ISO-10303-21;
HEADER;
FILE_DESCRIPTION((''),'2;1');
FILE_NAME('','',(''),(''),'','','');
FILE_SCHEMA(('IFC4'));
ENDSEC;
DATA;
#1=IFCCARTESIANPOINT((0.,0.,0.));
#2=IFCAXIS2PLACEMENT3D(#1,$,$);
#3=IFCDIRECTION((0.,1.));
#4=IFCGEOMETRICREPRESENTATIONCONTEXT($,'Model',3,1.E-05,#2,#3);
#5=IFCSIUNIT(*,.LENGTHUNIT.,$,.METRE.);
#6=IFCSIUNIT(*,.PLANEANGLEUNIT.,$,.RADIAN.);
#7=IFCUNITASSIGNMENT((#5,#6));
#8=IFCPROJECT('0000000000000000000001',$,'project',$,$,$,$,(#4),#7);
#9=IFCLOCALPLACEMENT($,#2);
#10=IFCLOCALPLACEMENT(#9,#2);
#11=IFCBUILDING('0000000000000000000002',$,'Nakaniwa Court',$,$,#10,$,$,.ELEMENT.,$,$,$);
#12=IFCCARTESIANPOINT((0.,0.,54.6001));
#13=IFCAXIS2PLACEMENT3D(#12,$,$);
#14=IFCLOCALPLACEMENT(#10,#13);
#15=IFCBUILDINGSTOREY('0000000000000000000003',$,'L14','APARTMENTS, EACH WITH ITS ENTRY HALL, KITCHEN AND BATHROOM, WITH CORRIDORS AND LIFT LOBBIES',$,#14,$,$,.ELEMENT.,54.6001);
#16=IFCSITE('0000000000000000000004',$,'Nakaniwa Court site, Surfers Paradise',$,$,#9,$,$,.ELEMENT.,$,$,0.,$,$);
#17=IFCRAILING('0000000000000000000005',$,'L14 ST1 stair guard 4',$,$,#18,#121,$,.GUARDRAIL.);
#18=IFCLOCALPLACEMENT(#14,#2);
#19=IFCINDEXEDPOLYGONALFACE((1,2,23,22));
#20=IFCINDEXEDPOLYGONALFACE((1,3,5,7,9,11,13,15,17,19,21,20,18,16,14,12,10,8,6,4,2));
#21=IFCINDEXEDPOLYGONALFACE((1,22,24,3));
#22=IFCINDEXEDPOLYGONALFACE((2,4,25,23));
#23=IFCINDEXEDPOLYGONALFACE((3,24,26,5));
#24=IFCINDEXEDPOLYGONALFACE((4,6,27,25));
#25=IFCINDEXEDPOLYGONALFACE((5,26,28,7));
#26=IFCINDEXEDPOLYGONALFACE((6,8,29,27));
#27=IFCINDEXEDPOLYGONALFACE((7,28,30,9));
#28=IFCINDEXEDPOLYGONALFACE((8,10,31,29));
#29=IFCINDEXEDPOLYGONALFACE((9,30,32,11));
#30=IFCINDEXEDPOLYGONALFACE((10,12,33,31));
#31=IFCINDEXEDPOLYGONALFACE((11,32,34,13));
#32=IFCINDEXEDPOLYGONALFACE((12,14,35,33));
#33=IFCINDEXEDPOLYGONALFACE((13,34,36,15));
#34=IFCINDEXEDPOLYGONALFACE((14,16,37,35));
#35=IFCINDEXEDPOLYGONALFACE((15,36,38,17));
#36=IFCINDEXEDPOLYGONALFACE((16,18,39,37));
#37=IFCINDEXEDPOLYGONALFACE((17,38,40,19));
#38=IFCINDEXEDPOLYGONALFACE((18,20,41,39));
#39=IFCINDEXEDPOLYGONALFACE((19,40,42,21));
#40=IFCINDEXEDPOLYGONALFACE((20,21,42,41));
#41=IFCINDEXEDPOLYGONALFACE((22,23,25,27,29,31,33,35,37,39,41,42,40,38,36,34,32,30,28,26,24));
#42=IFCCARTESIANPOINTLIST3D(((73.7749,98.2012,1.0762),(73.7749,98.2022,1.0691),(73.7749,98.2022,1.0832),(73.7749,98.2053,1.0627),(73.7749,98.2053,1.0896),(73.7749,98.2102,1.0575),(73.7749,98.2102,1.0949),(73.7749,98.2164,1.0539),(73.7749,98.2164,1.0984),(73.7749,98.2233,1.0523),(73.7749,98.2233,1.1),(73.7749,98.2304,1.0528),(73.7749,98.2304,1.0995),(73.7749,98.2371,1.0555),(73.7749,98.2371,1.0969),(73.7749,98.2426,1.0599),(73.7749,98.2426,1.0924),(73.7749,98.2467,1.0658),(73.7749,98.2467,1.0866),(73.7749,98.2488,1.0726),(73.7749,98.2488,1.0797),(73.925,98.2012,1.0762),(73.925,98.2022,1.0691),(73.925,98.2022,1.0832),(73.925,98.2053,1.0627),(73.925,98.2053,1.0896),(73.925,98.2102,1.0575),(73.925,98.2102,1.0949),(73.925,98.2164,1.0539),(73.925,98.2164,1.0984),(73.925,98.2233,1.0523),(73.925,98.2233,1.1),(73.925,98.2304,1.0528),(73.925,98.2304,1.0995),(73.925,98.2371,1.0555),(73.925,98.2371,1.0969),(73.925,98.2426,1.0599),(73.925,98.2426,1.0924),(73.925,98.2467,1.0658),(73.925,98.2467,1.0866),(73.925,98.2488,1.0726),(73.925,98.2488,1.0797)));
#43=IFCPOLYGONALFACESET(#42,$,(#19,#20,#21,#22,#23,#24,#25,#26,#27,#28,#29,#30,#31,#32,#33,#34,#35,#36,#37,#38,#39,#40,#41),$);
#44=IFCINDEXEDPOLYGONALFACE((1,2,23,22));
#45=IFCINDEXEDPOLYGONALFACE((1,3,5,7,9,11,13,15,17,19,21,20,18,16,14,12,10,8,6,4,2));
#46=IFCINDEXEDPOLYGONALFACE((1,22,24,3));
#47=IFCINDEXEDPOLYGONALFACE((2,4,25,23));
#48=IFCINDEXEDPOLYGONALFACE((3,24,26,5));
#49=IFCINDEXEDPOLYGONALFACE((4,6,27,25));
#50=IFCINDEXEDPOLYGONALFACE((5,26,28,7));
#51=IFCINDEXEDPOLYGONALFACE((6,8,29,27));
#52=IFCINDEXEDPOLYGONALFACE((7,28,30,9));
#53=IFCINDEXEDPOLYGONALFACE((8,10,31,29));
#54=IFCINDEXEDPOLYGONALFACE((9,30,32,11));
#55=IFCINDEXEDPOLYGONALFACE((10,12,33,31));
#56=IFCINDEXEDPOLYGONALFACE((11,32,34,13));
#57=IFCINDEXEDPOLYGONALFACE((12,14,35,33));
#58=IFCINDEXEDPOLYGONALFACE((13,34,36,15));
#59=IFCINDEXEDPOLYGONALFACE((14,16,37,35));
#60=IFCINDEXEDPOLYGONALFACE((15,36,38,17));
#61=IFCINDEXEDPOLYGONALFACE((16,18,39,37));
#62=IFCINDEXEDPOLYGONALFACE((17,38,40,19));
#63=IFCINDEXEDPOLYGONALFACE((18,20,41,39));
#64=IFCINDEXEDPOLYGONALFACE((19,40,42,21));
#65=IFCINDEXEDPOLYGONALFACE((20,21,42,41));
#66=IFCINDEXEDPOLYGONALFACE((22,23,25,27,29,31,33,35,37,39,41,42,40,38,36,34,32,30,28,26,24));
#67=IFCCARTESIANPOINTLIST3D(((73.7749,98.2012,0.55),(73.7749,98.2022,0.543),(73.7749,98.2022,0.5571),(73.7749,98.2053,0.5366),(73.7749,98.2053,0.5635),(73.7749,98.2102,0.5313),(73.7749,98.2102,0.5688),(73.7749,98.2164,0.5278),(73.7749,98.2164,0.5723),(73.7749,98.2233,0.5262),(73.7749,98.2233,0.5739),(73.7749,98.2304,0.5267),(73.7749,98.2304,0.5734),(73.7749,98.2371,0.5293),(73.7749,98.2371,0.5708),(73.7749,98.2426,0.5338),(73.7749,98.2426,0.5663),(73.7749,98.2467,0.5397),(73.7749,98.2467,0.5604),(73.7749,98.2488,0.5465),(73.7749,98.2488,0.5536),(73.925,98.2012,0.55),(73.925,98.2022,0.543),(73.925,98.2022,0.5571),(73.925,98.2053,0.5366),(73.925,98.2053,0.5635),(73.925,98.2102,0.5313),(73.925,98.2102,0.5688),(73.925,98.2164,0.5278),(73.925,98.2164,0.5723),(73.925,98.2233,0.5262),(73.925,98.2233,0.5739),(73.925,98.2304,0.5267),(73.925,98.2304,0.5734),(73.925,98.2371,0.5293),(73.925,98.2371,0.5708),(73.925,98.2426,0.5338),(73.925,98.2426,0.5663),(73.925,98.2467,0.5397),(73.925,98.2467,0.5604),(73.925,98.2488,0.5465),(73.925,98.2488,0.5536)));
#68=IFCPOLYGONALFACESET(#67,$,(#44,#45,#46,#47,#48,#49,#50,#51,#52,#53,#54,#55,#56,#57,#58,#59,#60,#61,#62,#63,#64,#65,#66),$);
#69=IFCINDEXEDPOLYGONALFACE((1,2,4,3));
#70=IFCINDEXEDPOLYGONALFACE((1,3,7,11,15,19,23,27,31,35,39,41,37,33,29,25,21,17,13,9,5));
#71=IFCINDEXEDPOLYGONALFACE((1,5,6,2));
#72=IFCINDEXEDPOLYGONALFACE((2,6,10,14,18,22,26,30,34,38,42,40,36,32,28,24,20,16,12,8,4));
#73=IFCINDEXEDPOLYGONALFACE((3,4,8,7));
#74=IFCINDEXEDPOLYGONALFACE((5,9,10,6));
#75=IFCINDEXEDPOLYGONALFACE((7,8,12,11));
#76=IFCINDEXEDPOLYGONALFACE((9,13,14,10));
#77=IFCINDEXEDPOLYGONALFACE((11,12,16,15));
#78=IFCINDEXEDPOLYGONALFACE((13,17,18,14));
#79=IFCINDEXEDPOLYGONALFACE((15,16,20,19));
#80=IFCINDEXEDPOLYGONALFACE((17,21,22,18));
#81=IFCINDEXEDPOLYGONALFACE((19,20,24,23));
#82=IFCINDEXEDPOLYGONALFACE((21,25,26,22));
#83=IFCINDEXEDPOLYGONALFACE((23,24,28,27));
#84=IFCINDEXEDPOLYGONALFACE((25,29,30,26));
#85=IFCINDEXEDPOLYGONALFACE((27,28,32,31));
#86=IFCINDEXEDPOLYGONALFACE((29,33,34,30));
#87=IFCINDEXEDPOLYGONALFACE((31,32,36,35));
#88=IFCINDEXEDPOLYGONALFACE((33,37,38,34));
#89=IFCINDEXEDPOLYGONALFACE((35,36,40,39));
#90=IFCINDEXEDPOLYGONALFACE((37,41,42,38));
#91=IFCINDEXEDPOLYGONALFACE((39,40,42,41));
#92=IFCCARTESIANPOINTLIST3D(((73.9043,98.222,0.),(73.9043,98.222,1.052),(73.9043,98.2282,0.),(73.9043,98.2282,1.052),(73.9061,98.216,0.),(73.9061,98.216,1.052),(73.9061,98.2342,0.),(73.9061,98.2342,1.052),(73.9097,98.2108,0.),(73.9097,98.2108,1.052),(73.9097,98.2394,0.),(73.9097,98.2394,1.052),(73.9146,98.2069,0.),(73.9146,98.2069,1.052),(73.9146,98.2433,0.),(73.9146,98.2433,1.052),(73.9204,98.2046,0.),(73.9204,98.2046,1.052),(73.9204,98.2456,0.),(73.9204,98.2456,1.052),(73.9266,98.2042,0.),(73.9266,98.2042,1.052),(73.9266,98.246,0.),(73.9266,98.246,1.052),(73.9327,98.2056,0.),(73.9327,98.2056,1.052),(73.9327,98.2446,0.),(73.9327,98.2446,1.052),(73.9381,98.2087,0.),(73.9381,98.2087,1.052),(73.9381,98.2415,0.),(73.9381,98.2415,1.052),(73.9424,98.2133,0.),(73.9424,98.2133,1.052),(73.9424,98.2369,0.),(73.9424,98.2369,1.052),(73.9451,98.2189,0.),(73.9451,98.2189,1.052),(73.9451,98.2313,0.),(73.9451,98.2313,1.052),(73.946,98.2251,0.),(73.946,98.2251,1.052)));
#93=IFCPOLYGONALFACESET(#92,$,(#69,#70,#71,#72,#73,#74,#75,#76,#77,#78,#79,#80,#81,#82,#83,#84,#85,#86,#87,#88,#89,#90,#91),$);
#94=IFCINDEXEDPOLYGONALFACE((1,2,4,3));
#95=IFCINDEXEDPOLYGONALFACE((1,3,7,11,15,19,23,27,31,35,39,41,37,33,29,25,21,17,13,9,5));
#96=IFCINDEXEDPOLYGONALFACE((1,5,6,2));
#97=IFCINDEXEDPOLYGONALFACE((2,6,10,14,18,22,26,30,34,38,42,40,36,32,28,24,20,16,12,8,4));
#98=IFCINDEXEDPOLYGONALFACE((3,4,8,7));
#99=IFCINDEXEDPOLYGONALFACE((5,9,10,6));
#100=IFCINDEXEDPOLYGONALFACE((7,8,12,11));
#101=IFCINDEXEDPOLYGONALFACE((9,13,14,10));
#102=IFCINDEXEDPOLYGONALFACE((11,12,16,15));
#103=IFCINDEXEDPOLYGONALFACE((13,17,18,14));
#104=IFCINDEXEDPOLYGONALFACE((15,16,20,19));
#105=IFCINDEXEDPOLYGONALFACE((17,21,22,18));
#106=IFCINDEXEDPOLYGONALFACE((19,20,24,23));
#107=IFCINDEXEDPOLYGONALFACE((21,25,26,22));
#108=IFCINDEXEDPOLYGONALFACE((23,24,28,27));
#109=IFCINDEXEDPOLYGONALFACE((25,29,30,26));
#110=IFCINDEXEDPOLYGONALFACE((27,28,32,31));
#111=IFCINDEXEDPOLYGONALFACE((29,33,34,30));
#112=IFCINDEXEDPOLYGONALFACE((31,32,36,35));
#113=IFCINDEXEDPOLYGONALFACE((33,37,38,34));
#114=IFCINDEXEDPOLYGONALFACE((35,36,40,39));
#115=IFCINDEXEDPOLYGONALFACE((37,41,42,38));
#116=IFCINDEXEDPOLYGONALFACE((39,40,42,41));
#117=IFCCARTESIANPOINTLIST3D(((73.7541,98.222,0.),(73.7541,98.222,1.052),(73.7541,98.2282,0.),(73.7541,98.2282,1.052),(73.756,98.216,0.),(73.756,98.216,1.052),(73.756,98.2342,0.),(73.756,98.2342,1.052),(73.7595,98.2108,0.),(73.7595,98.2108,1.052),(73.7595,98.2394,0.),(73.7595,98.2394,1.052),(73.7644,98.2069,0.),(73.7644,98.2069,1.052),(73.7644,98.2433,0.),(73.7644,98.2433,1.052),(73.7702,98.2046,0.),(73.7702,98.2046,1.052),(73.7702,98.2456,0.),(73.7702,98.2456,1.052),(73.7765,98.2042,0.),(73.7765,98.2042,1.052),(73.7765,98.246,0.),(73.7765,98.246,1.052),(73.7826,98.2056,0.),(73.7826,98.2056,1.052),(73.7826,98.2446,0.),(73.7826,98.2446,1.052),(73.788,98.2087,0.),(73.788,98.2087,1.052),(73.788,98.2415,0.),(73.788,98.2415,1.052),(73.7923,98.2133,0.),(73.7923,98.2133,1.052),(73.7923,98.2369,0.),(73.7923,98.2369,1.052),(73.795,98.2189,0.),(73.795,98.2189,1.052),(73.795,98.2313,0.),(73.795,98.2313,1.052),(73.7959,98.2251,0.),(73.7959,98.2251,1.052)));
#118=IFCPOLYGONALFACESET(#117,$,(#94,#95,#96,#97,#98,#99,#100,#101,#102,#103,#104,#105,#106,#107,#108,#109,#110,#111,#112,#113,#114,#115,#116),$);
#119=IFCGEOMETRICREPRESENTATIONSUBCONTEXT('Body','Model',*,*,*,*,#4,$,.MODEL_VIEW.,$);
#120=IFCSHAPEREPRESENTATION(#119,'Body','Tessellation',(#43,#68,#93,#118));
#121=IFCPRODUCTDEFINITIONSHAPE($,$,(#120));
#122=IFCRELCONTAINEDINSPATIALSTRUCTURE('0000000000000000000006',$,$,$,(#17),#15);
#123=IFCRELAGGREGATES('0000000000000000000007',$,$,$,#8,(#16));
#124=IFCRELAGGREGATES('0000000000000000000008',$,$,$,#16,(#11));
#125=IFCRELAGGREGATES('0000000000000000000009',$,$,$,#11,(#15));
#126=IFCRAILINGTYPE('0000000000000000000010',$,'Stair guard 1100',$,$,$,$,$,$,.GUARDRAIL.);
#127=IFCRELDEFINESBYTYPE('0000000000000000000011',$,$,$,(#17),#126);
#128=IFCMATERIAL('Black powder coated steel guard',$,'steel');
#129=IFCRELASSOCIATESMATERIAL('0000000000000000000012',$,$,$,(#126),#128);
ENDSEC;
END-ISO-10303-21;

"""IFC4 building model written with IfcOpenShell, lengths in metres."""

from ifc_helpers import new_model, si_unit, direction, frame, origin, origin_2d, place, context, subcontext, project, spatial, circle, extrude, material, type_object, element, save


model = new_model("IFC4")

# Units and contexts
model_context = context("Model", 3, precision=1e-05, world=origin(), true_north=direction((0.0, 1.0)))
body_context = subcontext(model_context, "Body", "Model", "MODEL_VIEW")
ifc_project = project(units=[si_unit("LENGTHUNIT", "METRE"), si_unit("PLANEANGLEUNIT", "RADIAN")], contexts=[model_context])

# Site, building, storey
site_placement = place(None, origin())
site = spatial("IfcSite", under=ifc_project, at=site_placement, Name="Nakaniwa Court site, Surfers Paradise", CompositionType="ELEMENT", RefElevation=0.0)
building_placement = place(site_placement, origin())
building = spatial("IfcBuilding", under=site, at=building_placement, Name="Nakaniwa Court", CompositionType="ELEMENT")
storey_placement = place(building_placement, frame((0.0, 0.0, 54.6001)))
storey = spatial("IfcBuildingStorey", under=building, at=storey_placement, Name="L14", Description="APARTMENTS, EACH WITH ITS ENTRY HALL, KITCHEN AND BATHROOM, WITH CORRIDORS AND LIFT LOBBIES", CompositionType="ELEMENT", Elevation=54.6001)

# Railing
ifc_material_1 = material(Name="Black powder coated steel guard", Category="steel")
railing_type_1 = type_object("IfcRailingType", Name="Stair guard 1100", PredefinedType="GUARDRAIL", material=ifc_material_1)
railing_1_placement = place(storey_placement, frame((73.925, 98.2251, 0.0)))
element("IfcRailing", 1, at=railing_1_placement, inside=storey, type_object=railing_type_1, Name="L14 ST1 stair guard 4", PredefinedType="GUARDRAIL", context=body_context, shape_type="SweptSolid", body=[
    extrude(circle(Radius=0.0239, at=origin_2d()), frame((0.0, 0.0, 1.0762), z_axis=(-1.0, 0.0, 0.0), x_axis=(0.0, -1.0, 0.0)), (0.0, 0.0, 1.0), 0.1501),
    extrude(circle(Radius=0.0239, at=origin_2d()), frame((0.0, 0.0, 0.55), z_axis=(-1.0, 0.0, 0.0), x_axis=(0.0, -1.0, 0.0)), (0.0, 0.0, 1.0), 0.1501),
    extrude(circle(Radius=0.021, at=origin_2d()), origin(), (0.0, 0.0, 1.0), 1.052),
    extrude(circle(Radius=0.021, at=origin_2d()), frame((-0.1501, 0.0, 0.0)), (0.0, 0.0, 1.0), 1.052),
])

save(model, "model.ifc")
